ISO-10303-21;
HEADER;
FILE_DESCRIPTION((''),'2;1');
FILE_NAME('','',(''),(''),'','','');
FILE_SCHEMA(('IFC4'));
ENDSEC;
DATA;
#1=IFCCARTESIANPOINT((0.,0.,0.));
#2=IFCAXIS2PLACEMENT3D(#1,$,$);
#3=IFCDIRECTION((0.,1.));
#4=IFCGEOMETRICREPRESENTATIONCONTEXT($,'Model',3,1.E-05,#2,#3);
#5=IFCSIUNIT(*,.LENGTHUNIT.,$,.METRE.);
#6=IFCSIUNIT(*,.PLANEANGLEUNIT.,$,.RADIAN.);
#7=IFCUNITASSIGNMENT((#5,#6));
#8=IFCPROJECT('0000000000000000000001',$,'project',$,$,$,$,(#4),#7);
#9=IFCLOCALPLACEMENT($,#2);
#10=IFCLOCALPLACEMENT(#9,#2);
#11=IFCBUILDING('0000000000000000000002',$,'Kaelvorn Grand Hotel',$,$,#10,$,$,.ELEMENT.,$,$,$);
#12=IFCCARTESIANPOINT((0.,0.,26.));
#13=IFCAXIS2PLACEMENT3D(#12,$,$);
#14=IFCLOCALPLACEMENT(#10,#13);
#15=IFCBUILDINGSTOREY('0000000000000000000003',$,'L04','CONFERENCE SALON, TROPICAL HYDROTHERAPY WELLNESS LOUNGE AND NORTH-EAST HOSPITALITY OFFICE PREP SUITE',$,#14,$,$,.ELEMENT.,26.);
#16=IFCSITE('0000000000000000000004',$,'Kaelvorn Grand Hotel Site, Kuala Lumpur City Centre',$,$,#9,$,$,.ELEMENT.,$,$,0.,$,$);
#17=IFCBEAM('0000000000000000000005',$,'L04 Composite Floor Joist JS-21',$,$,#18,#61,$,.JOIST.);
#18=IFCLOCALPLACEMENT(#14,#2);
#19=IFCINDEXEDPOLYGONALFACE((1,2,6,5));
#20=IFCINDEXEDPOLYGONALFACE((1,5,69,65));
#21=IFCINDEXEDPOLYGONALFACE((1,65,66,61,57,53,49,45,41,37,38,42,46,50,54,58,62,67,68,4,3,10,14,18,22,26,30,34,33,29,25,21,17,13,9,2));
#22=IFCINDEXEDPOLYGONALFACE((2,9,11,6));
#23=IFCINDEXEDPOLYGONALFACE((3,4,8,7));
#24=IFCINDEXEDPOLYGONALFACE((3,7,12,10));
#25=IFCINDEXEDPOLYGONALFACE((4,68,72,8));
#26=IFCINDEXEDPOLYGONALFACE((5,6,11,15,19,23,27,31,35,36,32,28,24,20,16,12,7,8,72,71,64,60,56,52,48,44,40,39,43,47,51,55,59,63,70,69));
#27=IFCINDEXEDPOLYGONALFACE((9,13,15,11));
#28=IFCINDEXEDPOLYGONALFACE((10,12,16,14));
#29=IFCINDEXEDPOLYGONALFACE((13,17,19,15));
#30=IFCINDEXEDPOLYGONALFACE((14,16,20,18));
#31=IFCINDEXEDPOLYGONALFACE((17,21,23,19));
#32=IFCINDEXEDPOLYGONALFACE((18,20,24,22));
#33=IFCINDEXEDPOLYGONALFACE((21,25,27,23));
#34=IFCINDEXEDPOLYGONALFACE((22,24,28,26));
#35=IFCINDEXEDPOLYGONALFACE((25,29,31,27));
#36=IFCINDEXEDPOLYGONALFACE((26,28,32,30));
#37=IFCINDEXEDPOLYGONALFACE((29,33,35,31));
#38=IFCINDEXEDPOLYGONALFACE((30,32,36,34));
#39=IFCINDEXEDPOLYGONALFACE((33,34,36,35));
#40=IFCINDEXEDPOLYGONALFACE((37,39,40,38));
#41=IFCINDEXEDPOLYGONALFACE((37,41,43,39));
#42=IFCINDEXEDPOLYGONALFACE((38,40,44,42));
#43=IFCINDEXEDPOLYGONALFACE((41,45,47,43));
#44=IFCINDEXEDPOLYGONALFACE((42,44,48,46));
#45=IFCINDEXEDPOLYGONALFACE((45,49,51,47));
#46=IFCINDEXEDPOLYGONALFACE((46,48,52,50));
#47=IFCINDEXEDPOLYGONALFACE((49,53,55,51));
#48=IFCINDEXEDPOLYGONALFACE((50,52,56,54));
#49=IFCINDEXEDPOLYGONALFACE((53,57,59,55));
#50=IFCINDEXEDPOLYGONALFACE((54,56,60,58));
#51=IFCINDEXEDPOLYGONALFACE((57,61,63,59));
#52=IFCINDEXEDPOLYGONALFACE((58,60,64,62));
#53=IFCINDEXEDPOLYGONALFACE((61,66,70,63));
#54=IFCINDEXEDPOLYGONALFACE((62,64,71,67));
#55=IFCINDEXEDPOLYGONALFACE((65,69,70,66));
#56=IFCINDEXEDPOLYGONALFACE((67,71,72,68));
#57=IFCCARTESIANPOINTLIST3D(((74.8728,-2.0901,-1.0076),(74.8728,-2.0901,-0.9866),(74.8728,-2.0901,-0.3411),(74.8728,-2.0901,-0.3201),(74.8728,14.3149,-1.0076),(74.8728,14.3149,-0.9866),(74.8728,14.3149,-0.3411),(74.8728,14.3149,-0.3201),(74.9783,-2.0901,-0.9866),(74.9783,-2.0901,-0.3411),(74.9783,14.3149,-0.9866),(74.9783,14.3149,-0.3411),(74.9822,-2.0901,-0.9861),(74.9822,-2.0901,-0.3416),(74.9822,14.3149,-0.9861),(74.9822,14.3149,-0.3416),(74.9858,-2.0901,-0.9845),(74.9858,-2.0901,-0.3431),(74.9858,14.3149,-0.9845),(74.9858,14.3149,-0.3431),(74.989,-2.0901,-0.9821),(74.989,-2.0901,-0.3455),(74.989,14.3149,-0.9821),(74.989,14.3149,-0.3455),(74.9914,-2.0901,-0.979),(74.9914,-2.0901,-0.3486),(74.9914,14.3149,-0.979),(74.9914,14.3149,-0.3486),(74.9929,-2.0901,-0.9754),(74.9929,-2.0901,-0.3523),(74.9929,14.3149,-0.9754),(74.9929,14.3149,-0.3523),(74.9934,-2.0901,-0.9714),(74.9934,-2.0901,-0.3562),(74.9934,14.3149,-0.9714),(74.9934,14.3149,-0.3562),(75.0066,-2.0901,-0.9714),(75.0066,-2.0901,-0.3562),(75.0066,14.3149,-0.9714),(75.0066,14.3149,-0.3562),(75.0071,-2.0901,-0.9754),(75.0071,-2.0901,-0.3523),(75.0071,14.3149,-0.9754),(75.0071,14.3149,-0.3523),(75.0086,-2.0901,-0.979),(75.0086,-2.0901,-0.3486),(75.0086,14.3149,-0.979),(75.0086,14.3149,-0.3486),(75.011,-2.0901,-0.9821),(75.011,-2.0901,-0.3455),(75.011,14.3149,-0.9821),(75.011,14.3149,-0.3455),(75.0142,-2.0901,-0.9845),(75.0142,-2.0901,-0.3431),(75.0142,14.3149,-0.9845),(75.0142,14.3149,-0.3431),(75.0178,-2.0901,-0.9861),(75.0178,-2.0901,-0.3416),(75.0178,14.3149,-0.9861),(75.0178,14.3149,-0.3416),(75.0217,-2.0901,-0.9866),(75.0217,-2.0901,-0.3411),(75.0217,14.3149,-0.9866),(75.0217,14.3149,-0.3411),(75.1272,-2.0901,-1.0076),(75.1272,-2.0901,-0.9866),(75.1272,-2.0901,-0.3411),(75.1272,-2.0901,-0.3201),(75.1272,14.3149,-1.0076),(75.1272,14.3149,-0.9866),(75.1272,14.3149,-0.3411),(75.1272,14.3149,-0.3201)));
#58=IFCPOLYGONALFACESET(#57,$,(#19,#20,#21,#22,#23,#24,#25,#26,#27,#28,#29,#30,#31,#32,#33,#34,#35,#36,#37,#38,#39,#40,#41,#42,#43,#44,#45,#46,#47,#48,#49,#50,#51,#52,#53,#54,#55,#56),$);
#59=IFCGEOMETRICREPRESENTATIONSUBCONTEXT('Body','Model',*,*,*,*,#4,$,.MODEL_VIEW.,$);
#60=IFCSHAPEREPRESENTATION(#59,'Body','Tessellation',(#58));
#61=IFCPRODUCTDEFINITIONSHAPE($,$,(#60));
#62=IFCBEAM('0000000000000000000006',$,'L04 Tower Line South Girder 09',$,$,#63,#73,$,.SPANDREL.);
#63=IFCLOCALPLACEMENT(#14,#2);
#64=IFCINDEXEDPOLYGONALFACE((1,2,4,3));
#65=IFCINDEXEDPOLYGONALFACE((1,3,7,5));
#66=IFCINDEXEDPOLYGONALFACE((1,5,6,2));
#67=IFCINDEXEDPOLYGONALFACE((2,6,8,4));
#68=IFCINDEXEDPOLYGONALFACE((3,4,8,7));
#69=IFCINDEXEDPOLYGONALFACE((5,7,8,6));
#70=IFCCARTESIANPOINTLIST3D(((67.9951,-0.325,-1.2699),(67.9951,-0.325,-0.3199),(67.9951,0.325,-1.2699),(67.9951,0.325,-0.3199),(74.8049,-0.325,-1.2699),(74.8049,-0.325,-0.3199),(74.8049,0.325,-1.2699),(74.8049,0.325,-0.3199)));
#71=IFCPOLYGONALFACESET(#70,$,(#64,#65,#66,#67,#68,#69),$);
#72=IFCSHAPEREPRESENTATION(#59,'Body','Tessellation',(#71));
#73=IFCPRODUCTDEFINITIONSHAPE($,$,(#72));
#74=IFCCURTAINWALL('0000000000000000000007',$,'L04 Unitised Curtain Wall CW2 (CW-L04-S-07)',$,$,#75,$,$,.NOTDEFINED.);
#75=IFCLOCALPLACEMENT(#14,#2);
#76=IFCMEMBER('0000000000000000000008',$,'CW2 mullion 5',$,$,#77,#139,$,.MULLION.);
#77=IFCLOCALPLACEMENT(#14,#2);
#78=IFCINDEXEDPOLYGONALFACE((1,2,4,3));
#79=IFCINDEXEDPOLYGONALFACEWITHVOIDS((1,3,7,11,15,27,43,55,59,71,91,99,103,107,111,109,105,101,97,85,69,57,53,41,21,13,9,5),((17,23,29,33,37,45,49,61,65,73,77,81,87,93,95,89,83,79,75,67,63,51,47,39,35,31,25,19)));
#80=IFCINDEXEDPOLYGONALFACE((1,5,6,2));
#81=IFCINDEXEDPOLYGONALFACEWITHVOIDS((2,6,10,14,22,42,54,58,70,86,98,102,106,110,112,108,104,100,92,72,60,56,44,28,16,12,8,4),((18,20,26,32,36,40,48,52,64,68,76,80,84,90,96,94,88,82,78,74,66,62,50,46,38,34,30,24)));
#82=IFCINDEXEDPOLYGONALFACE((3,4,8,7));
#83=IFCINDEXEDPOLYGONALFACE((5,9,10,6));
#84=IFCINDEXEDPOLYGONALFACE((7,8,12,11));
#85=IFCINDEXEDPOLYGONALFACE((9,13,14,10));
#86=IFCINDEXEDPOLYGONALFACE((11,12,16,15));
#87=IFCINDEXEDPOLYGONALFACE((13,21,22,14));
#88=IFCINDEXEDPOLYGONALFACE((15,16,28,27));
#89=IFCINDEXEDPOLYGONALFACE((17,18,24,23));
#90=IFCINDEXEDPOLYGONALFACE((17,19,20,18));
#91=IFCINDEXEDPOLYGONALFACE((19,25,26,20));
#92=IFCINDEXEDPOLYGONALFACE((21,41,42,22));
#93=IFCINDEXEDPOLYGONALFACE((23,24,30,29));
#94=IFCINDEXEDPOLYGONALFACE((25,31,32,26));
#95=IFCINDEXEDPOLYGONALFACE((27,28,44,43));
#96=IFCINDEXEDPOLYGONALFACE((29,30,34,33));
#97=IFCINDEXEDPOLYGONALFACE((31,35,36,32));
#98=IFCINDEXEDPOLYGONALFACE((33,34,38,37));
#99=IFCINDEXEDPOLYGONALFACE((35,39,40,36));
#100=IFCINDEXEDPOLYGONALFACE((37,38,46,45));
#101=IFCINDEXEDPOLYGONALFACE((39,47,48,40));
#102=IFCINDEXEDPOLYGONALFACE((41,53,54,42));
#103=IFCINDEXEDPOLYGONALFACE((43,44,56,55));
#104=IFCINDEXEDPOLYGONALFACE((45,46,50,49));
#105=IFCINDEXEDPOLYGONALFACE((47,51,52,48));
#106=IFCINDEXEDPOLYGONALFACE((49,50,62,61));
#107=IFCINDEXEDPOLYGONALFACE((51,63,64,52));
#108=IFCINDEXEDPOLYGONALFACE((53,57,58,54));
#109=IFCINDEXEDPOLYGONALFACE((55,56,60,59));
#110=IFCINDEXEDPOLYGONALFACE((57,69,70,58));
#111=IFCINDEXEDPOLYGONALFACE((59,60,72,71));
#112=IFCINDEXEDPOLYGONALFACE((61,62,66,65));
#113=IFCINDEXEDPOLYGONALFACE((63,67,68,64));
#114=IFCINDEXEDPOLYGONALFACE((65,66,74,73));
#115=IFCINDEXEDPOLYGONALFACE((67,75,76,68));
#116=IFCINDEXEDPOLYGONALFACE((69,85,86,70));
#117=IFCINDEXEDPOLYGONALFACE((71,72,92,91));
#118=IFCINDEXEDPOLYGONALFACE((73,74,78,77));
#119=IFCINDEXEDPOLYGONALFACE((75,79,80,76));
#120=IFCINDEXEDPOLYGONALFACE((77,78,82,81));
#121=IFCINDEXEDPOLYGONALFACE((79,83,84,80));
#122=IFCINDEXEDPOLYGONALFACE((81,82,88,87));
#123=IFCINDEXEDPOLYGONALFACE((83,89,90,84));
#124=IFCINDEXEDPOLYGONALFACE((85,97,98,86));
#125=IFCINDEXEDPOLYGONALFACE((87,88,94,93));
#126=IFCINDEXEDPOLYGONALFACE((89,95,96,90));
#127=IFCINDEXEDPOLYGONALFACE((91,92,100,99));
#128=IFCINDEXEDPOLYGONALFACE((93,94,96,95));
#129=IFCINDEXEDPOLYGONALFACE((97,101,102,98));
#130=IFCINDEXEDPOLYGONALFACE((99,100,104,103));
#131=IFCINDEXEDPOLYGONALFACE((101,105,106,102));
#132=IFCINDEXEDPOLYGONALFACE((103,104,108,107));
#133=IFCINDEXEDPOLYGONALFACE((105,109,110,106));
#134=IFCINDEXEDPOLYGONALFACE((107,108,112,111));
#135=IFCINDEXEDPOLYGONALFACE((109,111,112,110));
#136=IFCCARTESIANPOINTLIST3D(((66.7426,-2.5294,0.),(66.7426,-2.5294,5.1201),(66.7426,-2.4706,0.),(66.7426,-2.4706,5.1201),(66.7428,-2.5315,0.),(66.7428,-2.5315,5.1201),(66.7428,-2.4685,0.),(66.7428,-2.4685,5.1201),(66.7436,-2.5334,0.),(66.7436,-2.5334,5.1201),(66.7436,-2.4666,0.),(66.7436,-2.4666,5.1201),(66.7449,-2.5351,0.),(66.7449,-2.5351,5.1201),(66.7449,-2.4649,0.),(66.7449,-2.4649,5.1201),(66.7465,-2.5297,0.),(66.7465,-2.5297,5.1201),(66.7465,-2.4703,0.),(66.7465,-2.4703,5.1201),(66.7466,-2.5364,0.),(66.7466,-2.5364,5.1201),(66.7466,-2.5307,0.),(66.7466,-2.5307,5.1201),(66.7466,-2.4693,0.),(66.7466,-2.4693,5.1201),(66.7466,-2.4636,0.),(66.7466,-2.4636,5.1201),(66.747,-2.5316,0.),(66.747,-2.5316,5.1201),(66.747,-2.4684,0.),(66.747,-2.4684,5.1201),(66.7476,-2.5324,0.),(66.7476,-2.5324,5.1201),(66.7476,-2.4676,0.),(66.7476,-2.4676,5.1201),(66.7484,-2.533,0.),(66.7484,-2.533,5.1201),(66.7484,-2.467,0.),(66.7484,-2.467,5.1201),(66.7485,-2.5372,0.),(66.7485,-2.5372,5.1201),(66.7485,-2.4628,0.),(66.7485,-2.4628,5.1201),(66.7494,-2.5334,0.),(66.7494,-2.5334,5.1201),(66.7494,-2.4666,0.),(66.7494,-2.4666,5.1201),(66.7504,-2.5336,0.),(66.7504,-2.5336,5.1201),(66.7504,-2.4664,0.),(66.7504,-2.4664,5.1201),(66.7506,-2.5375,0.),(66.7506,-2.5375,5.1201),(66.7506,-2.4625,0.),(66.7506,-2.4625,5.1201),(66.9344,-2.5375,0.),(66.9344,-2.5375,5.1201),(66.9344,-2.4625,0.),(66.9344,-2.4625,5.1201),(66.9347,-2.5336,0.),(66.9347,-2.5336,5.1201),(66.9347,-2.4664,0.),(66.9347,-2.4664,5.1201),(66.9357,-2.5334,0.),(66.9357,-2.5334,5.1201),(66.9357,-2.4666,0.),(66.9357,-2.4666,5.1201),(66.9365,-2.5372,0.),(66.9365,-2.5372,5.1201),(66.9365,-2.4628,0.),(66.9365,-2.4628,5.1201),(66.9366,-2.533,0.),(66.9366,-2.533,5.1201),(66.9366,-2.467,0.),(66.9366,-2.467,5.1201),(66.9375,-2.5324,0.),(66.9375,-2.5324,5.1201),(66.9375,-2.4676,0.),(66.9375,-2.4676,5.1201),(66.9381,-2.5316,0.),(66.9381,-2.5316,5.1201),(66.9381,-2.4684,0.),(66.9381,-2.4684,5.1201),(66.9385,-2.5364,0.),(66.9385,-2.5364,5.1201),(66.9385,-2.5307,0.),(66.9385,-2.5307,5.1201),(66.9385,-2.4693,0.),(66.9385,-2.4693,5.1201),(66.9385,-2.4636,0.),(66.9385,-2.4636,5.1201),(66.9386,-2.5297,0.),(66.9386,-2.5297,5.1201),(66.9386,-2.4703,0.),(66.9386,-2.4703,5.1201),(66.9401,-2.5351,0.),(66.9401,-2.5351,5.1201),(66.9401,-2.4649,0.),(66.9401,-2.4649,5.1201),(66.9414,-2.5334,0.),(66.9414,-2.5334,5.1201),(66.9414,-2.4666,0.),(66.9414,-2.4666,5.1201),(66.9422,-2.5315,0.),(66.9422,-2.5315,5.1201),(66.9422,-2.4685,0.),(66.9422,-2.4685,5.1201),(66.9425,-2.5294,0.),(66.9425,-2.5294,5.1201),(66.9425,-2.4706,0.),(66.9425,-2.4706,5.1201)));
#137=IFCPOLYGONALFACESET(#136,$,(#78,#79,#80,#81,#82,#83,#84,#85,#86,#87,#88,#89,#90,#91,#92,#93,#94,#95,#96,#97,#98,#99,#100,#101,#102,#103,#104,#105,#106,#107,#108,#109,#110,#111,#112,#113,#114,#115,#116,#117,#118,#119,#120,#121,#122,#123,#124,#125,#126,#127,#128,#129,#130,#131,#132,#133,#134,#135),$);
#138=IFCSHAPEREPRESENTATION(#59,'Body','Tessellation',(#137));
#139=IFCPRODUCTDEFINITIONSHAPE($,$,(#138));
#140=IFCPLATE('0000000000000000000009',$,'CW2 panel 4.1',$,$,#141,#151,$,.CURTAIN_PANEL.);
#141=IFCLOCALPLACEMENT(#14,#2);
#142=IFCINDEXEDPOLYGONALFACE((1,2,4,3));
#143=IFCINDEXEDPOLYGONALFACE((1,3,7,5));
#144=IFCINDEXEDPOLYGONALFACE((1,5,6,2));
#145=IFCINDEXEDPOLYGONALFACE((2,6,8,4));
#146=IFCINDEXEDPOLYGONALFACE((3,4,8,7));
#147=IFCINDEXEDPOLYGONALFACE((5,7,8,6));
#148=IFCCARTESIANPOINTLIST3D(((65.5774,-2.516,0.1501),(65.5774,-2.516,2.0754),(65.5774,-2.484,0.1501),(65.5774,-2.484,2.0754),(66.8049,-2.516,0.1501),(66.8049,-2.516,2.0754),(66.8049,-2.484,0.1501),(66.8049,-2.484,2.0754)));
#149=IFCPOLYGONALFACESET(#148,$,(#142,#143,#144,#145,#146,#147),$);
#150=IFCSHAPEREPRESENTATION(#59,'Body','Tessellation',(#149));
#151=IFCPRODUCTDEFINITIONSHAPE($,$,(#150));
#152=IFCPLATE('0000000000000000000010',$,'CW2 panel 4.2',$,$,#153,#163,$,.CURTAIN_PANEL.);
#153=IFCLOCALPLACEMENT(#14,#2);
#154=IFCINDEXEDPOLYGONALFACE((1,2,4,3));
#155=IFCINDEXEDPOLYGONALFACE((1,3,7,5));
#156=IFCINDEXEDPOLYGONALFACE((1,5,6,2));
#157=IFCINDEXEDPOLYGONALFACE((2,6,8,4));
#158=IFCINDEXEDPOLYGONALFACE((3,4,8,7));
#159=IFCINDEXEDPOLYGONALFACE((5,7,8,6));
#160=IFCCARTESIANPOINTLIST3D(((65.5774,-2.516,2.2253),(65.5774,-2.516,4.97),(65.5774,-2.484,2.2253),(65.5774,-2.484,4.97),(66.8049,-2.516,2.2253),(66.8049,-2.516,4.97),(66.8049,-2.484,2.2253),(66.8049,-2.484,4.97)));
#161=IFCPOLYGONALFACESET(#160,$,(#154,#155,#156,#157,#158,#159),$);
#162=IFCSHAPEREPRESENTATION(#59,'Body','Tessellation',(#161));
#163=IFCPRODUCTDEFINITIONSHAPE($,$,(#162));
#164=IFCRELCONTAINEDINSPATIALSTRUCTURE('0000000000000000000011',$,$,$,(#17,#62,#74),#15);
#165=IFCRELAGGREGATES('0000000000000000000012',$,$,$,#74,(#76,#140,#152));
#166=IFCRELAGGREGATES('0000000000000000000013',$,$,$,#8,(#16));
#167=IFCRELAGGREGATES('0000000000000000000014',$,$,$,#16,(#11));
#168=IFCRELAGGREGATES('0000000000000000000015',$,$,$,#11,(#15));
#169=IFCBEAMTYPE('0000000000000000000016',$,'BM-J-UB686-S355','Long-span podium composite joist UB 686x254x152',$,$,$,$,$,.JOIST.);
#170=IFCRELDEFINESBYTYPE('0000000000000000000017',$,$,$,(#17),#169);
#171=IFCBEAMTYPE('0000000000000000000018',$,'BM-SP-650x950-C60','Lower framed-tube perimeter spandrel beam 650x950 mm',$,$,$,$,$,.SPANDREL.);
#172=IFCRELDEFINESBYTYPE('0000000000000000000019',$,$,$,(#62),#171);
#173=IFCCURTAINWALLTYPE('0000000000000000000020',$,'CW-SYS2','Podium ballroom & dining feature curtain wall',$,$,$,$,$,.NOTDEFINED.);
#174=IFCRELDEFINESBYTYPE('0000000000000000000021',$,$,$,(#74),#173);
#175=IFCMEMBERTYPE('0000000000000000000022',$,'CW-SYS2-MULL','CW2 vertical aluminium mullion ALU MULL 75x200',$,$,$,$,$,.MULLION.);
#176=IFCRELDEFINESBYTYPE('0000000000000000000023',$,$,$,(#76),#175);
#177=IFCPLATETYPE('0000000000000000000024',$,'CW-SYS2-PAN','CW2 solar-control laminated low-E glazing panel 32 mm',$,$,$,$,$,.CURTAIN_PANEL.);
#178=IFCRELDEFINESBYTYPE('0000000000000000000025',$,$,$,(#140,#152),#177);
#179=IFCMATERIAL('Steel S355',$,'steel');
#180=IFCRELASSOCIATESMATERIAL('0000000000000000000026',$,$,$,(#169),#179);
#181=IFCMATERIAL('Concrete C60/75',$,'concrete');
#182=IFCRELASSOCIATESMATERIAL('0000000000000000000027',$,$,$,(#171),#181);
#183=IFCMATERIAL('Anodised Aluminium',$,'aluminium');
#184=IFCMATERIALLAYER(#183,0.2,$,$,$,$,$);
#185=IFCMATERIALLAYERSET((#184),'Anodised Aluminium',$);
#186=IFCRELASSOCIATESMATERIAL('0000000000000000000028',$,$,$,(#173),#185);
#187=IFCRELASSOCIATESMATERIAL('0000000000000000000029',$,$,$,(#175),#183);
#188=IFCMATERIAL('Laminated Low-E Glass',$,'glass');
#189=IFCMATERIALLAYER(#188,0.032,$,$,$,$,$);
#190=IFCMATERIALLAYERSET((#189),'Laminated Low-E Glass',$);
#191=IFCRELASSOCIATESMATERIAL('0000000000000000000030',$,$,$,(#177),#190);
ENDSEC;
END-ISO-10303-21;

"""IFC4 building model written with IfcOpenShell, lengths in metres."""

from ifc_helpers import new_model, si_unit, direction, frame, origin, origin_2d, place, context, subcontext, project, spatial, rectangle, hollow_rectangle, i_section, extrude, material, layer, layer_set, material_profile, profile_set, type_object, element, aggregate, save


model = new_model("IFC4")

# Units and contexts
model_context = context("Model", 3, precision=1e-05, world=origin(), true_north=direction((0.0, 1.0)))
body_context = subcontext(model_context, "Body", "Model", "MODEL_VIEW")
ifc_project = project(units=[si_unit("LENGTHUNIT", "METRE"), si_unit("PLANEANGLEUNIT", "RADIAN")], contexts=[model_context])

# Site, building, storey
site_placement = place(None, origin())
site = spatial("IfcSite", under=ifc_project, at=site_placement, Name="Kaelvorn Grand Hotel Site, Kuala Lumpur City Centre", CompositionType="ELEMENT", RefElevation=0.0)
building_placement = place(site_placement, origin())
building = spatial("IfcBuilding", under=site, at=building_placement, Name="Kaelvorn Grand Hotel", CompositionType="ELEMENT")
storey_placement = place(building_placement, frame((0.0, 0.0, 26.0)))
storey = spatial("IfcBuildingStorey", under=building, at=storey_placement, Name="L04", Description="CONFERENCE SALON, TROPICAL HYDROTHERAPY WELLNESS LOUNGE AND NORTH-EAST HOSPITALITY OFFICE PREP SUITE", CompositionType="ELEMENT", Elevation=26.0)

# Beams
ifc_material_1 = material(Name="Steel S355", Category="steel")
ifc_material_profile_1 = material_profile(ifc_material_1, i_section(OverallWidth=0.2544, OverallDepth=0.6875, WebThickness=0.0132, FlangeThickness=0.021, FilletRadius=0.0151, at=origin_2d()), Name="UB 686x254x152")
ifc_profile_set_1 = profile_set([ifc_material_profile_1], Name="Steel S355")
beam_type_1 = type_object("IfcBeamType", Name="BM-J-UB686-S355", Description="Long-span podium composite joist UB 686x254x152", PredefinedType="JOIST", material=ifc_profile_set_1)
beam_1_placement = place(storey_placement, frame((75.0, -2.0901, -0.6638), z_axis=(0.0, 1.0, 0.0), x_axis=(-1.0, 0.0, 0.0)))
element("IfcBeam", 1, at=beam_1_placement, inside=storey, type_object=beam_type_1, Name="L04 Composite Floor Joist JS-21", PredefinedType="JOIST", context=body_context, shape_type="SweptSolid", body=[
    extrude(i_section(OverallWidth=0.2544, OverallDepth=0.6875, WebThickness=0.0132, FlangeThickness=0.021, FilletRadius=0.0151, at=origin_2d()), origin(), (0.0, 0.0, 1.0), 16.405),
])
ifc_material_2 = material(Name="Concrete C60/75", Category="concrete")
ifc_material_profile_2 = material_profile(ifc_material_2, rectangle(XDim=0.6499, YDim=0.95, at=origin_2d()), Name="RC SPANDREL 650x950")
ifc_profile_set_2 = profile_set([ifc_material_profile_2], Name="Concrete C60/75")
beam_type_2 = type_object("IfcBeamType", Name="BM-SP-650x950-C60", Description="Lower framed-tube perimeter spandrel beam 650x950 mm", PredefinedType="SPANDREL", material=ifc_profile_set_2)
beam_2_placement = place(storey_placement, frame((67.9951, 0.0, -0.7949), z_axis=(1.0, 0.0, 0.0), x_axis=(0.0, 1.0, 0.0)))
element("IfcBeam", 2, at=beam_2_placement, inside=storey, type_object=beam_type_2, Name="L04 Tower Line South Girder 09", PredefinedType="SPANDREL", context=body_context, shape_type="SweptSolid", body=[
    extrude(rectangle(XDim=0.6499, YDim=0.95, at=origin_2d()), origin(), (0.0, 0.0, 1.0), 6.8098),
])

# Curtain wall, member, plates
ifc_material_3 = material(Name="Anodised Aluminium", Category="aluminium")
ifc_layer_1 = layer(ifc_material_3, 0.2)
ifc_layer_set_1 = layer_set([ifc_layer_1], Name="Anodised Aluminium")
curtain_wall_type = type_object("IfcCurtainWallType", Name="CW-SYS2", Description="Podium ballroom & dining feature curtain wall", PredefinedType="NOTDEFINED", material=ifc_layer_set_1)
curtain_wall_placement = place(storey_placement, origin())
curtain_wall = element("IfcCurtainWall", 3, at=curtain_wall_placement, inside=storey, type_object=curtain_wall_type, Name="L04 Unitised Curtain Wall CW2 (CW-L04-S-07)", PredefinedType="NOTDEFINED")
ifc_material_profile_3 = material_profile(ifc_material_3, hollow_rectangle(XDim=0.075, YDim=0.2, WallThickness=0.0039, InnerFilletRadius=0.0039, OuterFilletRadius=0.0081, at=origin_2d()), Name="ALU MULL 75x200")
ifc_profile_set_3 = profile_set([ifc_material_profile_3], Name="Anodised Aluminium")
member_type = type_object("IfcMemberType", Name="CW-SYS2-MULL", Description="CW2 vertical aluminium mullion ALU MULL 75x200", PredefinedType="MULLION", material=ifc_profile_set_3)
member_placement = place(storey_placement, frame((66.8425, -2.5, 0.0), z_axis=(0.0, 0.0, 1.0), x_axis=(0.0, 1.0, 0.0)))
member = element("IfcMember", 4, at=member_placement, type_object=member_type, Name="CW2 mullion 5", PredefinedType="MULLION", context=body_context, shape_type="SweptSolid", body=[
    extrude(hollow_rectangle(XDim=0.075, YDim=0.2, WallThickness=0.0039, InnerFilletRadius=0.0039, OuterFilletRadius=0.0081, at=origin_2d()), origin(), (0.0, 0.0, 1.0), 5.1201),
])
ifc_material_4 = material(Name="Laminated Low-E Glass", Category="glass")
ifc_layer_2 = layer(ifc_material_4, 0.032)
ifc_layer_set_2 = layer_set([ifc_layer_2], Name="Laminated Low-E Glass")
plate_type = type_object("IfcPlateType", Name="CW-SYS2-PAN", Description="CW2 solar-control laminated low-E glazing panel 32 mm", PredefinedType="CURTAIN_PANEL", material=ifc_layer_set_2)
plate_1_placement = place(storey_placement, frame((66.1912, -2.5, 0.1501), z_axis=(0.0, 0.0, 1.0), x_axis=(1.0, 0.0, 0.0)))
plate_1 = element("IfcPlate", 5, at=plate_1_placement, type_object=plate_type, Name="CW2 panel 4.1", PredefinedType="CURTAIN_PANEL", context=body_context, shape_type="SweptSolid", body=[
    extrude(rectangle(XDim=1.2275, YDim=0.032, at=origin_2d()), origin(), (0.0, 0.0, 1.0), 1.9253),
])
plate_2_placement = place(storey_placement, frame((66.1912, -2.5, 2.2253), z_axis=(0.0, 0.0, 1.0), x_axis=(1.0, 0.0, 0.0)))
plate_2 = element("IfcPlate", 6, at=plate_2_placement, type_object=plate_type, Name="CW2 panel 4.2", PredefinedType="CURTAIN_PANEL", context=body_context, shape_type="SweptSolid", body=[
    extrude(rectangle(XDim=1.2275, YDim=0.032, at=origin_2d()), origin(), (0.0, 0.0, 1.0), 2.7446),
])
aggregate(curtain_wall, [member, plate_1, plate_2])

save(model, "model.ifc")
